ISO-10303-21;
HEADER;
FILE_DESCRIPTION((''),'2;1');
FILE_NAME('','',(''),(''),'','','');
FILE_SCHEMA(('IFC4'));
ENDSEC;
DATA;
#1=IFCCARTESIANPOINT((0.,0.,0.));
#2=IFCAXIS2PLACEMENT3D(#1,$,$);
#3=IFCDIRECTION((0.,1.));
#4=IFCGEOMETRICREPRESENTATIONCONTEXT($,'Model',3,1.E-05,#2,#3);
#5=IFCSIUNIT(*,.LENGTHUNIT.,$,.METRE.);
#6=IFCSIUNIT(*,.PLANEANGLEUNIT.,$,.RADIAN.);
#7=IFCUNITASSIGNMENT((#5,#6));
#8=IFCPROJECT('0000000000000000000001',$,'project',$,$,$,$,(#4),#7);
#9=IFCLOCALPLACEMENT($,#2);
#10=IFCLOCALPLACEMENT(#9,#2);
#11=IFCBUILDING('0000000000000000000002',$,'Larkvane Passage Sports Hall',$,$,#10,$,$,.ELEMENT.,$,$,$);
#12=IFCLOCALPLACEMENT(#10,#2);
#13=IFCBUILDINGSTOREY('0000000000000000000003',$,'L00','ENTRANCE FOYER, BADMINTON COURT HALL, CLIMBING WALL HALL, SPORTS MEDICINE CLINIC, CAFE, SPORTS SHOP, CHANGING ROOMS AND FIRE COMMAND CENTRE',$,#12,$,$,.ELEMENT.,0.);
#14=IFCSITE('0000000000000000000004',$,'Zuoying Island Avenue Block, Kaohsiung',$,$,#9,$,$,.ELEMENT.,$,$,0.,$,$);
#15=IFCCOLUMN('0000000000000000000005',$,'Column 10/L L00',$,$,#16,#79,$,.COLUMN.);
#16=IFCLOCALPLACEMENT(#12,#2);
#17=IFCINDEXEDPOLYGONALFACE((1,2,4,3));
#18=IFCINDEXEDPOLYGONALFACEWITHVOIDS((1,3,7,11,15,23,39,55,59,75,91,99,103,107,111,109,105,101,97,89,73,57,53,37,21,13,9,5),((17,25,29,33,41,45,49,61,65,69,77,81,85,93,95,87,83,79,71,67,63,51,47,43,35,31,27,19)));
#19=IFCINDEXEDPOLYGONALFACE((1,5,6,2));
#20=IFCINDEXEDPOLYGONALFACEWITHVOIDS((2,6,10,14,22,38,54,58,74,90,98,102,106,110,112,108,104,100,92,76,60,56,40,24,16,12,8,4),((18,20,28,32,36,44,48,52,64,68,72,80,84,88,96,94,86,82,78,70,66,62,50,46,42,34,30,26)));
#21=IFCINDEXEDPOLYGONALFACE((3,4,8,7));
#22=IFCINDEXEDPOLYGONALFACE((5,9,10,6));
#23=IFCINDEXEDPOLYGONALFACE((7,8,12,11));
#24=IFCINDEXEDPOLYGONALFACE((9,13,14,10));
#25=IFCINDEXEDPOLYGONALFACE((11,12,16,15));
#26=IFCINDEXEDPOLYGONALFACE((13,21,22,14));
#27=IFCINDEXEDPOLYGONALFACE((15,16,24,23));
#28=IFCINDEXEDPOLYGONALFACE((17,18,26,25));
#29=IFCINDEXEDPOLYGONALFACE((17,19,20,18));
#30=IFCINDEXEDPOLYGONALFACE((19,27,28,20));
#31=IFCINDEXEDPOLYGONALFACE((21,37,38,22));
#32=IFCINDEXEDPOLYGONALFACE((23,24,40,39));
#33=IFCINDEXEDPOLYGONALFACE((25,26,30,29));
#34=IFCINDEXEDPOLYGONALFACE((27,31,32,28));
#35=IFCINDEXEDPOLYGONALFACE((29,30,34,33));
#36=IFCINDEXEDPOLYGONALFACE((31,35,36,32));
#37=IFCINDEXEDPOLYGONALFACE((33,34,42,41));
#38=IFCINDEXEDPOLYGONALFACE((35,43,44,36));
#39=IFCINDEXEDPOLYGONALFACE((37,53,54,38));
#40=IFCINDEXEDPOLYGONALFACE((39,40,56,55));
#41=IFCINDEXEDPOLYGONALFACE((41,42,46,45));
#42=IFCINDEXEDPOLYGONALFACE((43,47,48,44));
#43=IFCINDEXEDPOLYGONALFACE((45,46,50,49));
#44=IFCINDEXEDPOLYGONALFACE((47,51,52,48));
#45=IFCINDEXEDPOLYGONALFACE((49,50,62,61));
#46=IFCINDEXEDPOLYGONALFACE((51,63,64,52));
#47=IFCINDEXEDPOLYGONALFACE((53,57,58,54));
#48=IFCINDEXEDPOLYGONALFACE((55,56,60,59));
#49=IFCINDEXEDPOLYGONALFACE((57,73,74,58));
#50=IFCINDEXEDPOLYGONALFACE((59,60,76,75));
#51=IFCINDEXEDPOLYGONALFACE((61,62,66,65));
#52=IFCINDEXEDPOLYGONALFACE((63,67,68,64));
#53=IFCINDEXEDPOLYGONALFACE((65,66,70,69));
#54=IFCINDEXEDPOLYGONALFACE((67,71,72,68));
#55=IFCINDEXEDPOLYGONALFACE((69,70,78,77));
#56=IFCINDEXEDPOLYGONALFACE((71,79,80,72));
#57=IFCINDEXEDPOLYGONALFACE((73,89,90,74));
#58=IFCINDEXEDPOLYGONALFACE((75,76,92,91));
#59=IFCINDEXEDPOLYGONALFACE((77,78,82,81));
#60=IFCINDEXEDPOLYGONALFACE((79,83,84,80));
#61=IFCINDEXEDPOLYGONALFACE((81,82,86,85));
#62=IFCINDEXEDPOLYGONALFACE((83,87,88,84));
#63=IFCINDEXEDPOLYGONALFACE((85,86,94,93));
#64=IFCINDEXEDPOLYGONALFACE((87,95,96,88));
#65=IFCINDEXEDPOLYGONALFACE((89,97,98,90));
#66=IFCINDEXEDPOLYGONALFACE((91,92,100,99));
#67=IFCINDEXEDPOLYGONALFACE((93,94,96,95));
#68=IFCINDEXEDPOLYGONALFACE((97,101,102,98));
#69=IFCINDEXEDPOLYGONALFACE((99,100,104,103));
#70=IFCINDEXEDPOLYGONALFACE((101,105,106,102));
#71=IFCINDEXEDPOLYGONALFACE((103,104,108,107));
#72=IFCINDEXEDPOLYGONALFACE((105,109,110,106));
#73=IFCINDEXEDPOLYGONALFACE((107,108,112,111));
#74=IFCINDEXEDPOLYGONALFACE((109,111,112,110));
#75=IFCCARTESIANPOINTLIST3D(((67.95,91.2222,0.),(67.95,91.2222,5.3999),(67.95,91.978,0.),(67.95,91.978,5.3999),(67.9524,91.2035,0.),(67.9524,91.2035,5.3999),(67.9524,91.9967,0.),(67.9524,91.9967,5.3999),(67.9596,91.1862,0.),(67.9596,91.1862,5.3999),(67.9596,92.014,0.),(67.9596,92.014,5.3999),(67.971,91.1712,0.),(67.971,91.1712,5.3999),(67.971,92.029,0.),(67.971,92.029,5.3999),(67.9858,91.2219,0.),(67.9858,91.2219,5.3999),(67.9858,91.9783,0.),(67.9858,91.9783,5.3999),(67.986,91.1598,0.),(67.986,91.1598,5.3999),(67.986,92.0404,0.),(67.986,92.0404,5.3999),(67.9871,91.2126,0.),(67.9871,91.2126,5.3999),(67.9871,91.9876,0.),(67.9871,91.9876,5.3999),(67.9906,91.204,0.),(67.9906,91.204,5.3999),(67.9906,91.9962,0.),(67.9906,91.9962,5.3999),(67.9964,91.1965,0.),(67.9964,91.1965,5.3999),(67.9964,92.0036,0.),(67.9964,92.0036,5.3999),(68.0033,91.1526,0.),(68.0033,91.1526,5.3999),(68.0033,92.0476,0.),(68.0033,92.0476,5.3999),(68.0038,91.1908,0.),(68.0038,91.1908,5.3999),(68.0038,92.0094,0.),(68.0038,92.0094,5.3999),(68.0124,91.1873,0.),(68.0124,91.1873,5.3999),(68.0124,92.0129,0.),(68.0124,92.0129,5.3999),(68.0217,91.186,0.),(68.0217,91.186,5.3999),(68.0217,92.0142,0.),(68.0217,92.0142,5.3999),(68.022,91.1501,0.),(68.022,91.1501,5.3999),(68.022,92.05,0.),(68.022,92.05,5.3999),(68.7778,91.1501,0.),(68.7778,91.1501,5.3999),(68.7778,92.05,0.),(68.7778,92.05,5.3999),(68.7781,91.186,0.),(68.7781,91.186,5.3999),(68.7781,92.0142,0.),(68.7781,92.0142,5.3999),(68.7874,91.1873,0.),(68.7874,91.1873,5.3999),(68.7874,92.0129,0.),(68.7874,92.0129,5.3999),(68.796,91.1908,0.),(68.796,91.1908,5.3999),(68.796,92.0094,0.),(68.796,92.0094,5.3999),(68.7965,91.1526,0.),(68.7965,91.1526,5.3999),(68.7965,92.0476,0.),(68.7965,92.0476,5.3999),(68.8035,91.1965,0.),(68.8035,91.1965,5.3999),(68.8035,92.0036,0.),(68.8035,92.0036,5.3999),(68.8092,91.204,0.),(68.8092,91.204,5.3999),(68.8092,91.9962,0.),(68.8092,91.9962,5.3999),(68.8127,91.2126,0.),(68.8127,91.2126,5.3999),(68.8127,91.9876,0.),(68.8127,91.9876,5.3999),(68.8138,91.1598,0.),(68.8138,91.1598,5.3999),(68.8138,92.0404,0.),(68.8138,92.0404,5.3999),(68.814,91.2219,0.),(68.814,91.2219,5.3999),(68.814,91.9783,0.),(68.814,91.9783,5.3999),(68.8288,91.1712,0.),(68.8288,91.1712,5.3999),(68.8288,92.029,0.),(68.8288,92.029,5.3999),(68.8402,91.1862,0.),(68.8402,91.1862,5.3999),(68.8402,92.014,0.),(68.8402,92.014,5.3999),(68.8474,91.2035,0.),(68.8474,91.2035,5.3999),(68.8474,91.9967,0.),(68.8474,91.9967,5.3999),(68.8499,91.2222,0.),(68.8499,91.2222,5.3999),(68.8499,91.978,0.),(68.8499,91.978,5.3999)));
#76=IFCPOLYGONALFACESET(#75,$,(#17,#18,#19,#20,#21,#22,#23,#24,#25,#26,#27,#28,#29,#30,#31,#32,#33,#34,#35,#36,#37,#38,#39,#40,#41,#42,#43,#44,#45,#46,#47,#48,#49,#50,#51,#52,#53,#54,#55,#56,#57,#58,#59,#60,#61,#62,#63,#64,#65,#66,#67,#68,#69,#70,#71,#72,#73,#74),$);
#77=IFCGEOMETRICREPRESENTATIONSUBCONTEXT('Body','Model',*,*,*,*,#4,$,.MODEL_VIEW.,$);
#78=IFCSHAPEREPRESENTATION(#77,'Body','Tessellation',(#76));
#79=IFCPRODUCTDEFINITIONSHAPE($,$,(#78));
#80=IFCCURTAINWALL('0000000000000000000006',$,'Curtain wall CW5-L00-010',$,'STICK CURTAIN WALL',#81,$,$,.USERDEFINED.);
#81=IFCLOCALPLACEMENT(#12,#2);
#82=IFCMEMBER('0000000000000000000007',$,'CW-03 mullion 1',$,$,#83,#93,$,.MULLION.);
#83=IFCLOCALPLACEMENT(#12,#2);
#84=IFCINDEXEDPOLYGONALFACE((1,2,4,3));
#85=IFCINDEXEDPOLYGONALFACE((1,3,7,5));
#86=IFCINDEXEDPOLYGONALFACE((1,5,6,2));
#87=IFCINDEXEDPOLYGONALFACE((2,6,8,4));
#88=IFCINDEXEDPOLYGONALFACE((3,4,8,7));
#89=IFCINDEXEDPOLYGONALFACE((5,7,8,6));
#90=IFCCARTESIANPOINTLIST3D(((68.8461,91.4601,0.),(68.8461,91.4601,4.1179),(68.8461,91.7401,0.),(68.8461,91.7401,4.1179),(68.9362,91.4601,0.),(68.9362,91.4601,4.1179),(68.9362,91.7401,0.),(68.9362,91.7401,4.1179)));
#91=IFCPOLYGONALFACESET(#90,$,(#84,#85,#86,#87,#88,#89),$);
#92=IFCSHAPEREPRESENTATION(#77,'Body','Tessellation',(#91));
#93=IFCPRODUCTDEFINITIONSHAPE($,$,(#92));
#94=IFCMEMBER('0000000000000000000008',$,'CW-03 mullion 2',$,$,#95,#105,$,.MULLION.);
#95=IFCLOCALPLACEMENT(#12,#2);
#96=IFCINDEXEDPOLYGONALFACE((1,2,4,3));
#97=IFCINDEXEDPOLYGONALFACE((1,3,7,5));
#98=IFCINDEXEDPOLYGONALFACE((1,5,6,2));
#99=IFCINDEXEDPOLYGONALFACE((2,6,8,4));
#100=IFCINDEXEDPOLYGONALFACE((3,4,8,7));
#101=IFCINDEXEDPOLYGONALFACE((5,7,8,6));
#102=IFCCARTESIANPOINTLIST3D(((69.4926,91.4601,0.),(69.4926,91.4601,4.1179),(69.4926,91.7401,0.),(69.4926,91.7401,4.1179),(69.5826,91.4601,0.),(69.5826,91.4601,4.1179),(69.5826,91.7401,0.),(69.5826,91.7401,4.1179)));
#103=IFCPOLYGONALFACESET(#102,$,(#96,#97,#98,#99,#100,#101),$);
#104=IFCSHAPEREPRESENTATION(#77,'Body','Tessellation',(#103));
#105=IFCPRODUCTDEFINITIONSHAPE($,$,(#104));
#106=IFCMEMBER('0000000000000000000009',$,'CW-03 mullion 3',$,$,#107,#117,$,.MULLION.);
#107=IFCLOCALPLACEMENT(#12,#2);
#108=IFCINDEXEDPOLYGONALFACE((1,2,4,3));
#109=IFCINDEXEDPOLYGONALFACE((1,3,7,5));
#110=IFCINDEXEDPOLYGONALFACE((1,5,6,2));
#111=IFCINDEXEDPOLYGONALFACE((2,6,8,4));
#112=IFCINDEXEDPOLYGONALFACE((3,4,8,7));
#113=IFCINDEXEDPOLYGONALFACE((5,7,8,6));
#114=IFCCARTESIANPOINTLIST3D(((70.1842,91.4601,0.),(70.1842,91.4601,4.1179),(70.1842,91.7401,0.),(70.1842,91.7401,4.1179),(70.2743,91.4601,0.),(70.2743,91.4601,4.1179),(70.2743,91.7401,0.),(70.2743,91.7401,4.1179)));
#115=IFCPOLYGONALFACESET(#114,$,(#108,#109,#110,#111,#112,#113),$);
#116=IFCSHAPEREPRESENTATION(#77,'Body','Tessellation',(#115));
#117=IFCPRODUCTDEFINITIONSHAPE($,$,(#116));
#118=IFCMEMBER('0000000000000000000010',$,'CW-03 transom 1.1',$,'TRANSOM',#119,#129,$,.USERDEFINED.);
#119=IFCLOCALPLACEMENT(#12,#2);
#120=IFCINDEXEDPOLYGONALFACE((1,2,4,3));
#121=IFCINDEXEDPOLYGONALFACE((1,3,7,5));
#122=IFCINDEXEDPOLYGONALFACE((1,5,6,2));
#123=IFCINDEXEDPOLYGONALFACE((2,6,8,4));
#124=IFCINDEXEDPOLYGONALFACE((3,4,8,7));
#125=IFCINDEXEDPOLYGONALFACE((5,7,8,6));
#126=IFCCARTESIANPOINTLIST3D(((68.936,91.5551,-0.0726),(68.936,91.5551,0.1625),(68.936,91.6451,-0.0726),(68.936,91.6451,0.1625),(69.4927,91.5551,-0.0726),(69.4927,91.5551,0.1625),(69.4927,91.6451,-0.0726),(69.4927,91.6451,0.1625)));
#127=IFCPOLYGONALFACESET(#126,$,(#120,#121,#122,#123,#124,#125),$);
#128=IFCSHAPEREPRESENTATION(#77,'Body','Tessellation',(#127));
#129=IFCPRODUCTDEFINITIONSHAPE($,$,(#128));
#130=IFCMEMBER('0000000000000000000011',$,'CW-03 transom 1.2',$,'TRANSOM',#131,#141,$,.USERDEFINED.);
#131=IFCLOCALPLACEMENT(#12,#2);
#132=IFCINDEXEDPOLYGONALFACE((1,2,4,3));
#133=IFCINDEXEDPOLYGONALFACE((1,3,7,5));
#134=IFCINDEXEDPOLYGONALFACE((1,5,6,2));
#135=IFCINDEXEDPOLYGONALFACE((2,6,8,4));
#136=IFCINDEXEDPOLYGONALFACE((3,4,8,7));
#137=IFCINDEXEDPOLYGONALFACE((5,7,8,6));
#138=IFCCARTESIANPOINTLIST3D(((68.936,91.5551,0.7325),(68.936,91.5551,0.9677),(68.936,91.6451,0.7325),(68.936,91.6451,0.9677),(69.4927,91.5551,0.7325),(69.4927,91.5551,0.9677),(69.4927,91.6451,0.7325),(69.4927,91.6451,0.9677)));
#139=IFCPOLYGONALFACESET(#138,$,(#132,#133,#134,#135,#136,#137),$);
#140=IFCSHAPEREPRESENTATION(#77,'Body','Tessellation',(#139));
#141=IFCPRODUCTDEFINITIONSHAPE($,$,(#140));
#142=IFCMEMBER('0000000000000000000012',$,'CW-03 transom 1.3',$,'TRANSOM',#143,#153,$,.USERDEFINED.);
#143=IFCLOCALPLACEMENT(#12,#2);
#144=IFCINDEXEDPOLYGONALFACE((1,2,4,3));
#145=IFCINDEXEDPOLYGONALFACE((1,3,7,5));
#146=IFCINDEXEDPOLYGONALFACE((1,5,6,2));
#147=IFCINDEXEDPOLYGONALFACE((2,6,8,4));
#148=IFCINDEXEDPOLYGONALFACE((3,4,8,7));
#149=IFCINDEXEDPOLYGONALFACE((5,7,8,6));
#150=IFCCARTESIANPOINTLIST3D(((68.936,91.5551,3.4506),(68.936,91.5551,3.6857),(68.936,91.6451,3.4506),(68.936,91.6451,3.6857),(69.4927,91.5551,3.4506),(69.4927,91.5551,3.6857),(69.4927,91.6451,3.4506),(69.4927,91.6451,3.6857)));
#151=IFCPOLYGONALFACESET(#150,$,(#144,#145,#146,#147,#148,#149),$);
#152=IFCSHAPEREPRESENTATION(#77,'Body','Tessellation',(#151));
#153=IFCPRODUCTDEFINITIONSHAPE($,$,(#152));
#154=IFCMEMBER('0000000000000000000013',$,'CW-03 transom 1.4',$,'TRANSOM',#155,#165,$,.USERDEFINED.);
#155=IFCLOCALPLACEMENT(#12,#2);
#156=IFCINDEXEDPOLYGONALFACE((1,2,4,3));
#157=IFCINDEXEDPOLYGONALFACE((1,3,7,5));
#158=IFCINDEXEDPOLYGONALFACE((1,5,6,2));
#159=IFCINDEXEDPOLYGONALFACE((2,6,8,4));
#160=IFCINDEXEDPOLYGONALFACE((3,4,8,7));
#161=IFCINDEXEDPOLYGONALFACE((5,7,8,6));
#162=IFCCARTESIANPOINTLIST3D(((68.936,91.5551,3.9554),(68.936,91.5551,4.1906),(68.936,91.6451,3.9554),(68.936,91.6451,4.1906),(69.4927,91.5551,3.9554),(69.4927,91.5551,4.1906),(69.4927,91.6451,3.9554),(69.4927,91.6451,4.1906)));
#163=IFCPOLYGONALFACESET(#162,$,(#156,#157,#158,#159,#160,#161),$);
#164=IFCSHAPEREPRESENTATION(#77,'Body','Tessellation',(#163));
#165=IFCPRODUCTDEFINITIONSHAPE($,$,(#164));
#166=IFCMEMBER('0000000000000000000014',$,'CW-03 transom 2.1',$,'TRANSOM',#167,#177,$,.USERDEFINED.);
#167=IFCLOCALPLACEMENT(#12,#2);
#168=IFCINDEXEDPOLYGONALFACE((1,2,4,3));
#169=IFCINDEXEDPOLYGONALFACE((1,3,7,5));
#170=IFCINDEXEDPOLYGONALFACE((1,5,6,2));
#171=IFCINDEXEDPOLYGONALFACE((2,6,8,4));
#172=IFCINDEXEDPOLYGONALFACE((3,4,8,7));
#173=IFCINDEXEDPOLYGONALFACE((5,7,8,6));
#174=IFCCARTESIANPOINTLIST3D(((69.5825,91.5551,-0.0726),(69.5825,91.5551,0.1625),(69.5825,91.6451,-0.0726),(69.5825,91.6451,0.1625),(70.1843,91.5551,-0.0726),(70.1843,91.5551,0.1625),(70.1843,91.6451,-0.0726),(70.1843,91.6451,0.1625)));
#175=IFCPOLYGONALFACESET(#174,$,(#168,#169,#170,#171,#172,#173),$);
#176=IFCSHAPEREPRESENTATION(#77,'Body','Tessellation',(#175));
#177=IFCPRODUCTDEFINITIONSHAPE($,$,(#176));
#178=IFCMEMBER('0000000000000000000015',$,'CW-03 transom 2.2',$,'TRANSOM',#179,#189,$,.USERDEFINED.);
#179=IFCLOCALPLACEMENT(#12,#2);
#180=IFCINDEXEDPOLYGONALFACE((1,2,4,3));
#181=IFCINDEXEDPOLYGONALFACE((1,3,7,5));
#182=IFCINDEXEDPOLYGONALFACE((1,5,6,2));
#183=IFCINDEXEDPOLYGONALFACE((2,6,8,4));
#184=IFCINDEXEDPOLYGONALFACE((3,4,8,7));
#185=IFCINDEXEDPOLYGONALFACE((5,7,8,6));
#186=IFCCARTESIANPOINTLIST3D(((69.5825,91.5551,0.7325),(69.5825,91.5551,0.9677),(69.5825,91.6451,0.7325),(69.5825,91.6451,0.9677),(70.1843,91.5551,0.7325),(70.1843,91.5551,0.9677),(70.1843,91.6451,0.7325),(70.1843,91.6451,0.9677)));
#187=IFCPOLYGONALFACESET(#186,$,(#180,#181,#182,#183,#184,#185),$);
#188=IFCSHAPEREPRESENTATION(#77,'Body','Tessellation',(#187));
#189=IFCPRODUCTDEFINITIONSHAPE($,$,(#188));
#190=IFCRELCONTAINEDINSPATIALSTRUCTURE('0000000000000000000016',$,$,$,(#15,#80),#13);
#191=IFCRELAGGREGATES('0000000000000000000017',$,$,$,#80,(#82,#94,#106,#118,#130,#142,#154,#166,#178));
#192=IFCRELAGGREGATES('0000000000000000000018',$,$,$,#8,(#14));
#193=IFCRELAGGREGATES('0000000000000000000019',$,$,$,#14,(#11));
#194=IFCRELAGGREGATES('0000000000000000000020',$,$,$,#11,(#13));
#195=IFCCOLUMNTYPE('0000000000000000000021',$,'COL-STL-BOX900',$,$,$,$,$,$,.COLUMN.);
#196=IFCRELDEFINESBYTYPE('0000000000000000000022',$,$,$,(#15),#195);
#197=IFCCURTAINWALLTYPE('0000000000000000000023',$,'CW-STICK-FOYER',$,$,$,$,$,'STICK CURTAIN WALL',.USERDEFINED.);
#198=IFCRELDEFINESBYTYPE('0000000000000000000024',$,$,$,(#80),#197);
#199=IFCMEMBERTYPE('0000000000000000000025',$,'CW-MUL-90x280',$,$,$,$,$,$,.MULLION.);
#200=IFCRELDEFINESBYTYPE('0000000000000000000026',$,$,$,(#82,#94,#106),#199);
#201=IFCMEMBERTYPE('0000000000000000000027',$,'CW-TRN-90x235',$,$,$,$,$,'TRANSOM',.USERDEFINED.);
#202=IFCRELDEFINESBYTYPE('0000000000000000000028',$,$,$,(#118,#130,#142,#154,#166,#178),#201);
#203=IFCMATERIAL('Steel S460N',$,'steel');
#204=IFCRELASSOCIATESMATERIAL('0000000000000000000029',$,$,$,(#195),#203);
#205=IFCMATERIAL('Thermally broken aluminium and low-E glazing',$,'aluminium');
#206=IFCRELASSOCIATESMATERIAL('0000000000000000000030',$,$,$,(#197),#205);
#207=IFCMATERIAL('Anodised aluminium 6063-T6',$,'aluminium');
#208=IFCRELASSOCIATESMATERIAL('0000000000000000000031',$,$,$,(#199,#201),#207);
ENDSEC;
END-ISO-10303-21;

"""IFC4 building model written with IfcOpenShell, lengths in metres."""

from ifc_helpers import new_model, si_unit, direction, frame, origin, origin_2d, place, context, subcontext, project, spatial, rectangle, hollow_rectangle, extrude, material, material_profile, profile_set, type_object, element, aggregate, save


model = new_model("IFC4")

# Units and contexts
model_context = context("Model", 3, precision=1e-05, world=origin(), true_north=direction((0.0, 1.0)))
body_context = subcontext(model_context, "Body", "Model", "MODEL_VIEW")
ifc_project = project(units=[si_unit("LENGTHUNIT", "METRE"), si_unit("PLANEANGLEUNIT", "RADIAN")], contexts=[model_context])

# Site, building, storey
site_placement = place(None, origin())
site = spatial("IfcSite", under=ifc_project, at=site_placement, Name="Zuoying Island Avenue Block, Kaohsiung", CompositionType="ELEMENT", RefElevation=0.0)
building_placement = place(site_placement, origin())
building = spatial("IfcBuilding", under=site, at=building_placement, Name="Larkvane Passage Sports Hall", CompositionType="ELEMENT")
storey_placement = place(building_placement, origin())
storey = spatial("IfcBuildingStorey", under=building, at=storey_placement, Name="L00", Description="ENTRANCE FOYER, BADMINTON COURT HALL, CLIMBING WALL HALL, SPORTS MEDICINE CLINIC, CAFE, SPORTS SHOP, CHANGING ROOMS AND FIRE COMMAND CENTRE", CompositionType="ELEMENT", Elevation=0.0)

# Column
ifc_material_1 = material(Name="Steel S460N", Category="steel")
ifc_material_profile_1 = material_profile(ifc_material_1, hollow_rectangle(XDim=0.8999, YDim=0.8999, WallThickness=0.0359, InnerFilletRadius=0.0359, OuterFilletRadius=0.072, at=origin_2d()), Name="BOX-900x900x36")
ifc_profile_set_1 = profile_set([ifc_material_profile_1], Name="Steel S460N")
column_type = type_object("IfcColumnType", Name="COL-STL-BOX900", PredefinedType="COLUMN", material=ifc_profile_set_1)
column_placement = place(storey_placement, frame((68.3999, 91.6001, 0.0), z_axis=(0.0, 0.0, 1.0), x_axis=(1.0, 0.0, 0.0)))
element("IfcColumn", 1, at=column_placement, inside=storey, type_object=column_type, Name="Column 10/L L00", PredefinedType="COLUMN", context=body_context, shape_type="SweptSolid", body=[
    extrude(hollow_rectangle(XDim=0.8999, YDim=0.8999, WallThickness=0.0359, InnerFilletRadius=0.0359, OuterFilletRadius=0.072, at=origin_2d()), origin(), (0.0, 0.0, 1.0), 5.3999),
])

# Curtain wall, members
ifc_material_2 = material(Name="Thermally broken aluminium and low-E glazing", Category="aluminium")
curtain_wall_type = type_object("IfcCurtainWallType", Name="CW-STICK-FOYER", ElementType="STICK CURTAIN WALL", PredefinedType="USERDEFINED", material=ifc_material_2)
curtain_wall_placement = place(storey_placement, origin())
curtain_wall = element("IfcCurtainWall", 2, at=curtain_wall_placement, inside=storey, type_object=curtain_wall_type, Name="Curtain wall CW5-L00-010", ObjectType="STICK CURTAIN WALL", PredefinedType="USERDEFINED")
ifc_material_3 = material(Name="Anodised aluminium 6063-T6", Category="aluminium")
ifc_material_profile_2 = material_profile(ifc_material_3, rectangle(XDim=0.0901, YDim=0.28, at=origin_2d()), Name="ALU-MUL-90x280")
ifc_profile_set_2 = profile_set([ifc_material_profile_2], Name="Anodised aluminium 6063-T6")
member_type_1 = type_object("IfcMemberType", Name="CW-MUL-90x280", PredefinedType="MULLION", material=ifc_profile_set_2)
member_1_placement = place(storey_placement, frame((68.8911, 91.6001, 0.0), z_axis=(0.0, 0.0, 1.0), x_axis=(1.0, 0.0, 0.0)))
member_1 = element("IfcMember", 3, at=member_1_placement, type_object=member_type_1, Name="CW-03 mullion 1", PredefinedType="MULLION", context=body_context, shape_type="SweptSolid", body=[
    extrude(rectangle(XDim=0.0901, YDim=0.28, at=origin_2d()), origin(), (0.0, 0.0, 1.0), 4.1179),
])
member_2_placement = place(storey_placement, frame((69.5376, 91.6001, 0.0), z_axis=(0.0, 0.0, 1.0), x_axis=(1.0, 0.0, 0.0)))
member_2 = element("IfcMember", 4, at=member_2_placement, type_object=member_type_1, Name="CW-03 mullion 2", PredefinedType="MULLION", context=body_context, shape_type="SweptSolid", body=[
    extrude(rectangle(XDim=0.0901, YDim=0.28, at=origin_2d()), origin(), (0.0, 0.0, 1.0), 4.1179),
])
member_3_placement = place(storey_placement, frame((70.2292, 91.6001, 0.0), z_axis=(0.0, 0.0, 1.0), x_axis=(1.0, 0.0, 0.0)))
member_3 = element("IfcMember", 5, at=member_3_placement, type_object=member_type_1, Name="CW-03 mullion 3", PredefinedType="MULLION", context=body_context, shape_type="SweptSolid", body=[
    extrude(rectangle(XDim=0.0901, YDim=0.28, at=origin_2d()), origin(), (0.0, 0.0, 1.0), 4.1179),
])
ifc_material_profile_3 = material_profile(ifc_material_3, rectangle(XDim=0.0901, YDim=0.2351, at=origin_2d()), Name="ALU-TRN-90x235")
ifc_profile_set_3 = profile_set([ifc_material_profile_3], Name="Anodised aluminium 6063-T6")
member_type_2 = type_object("IfcMemberType", Name="CW-TRN-90x235", ElementType="TRANSOM", PredefinedType="USERDEFINED", material=ifc_profile_set_3)
member_4_placement = place(storey_placement, frame((68.936, 91.6001, 0.0449), z_axis=(1.0, 0.0, 0.0), x_axis=(0.0, 1.0, 0.0)))
member_4 = element("IfcMember", 6, at=member_4_placement, type_object=member_type_2, Name="CW-03 transom 1.1", ObjectType="TRANSOM", PredefinedType="USERDEFINED", context=body_context, shape_type="SweptSolid", body=[
    extrude(rectangle(XDim=0.0901, YDim=0.2351, at=origin_2d()), origin(), (0.0, 0.0, 1.0), 0.5566),
])
member_5_placement = place(storey_placement, frame((68.936, 91.6001, 0.8501), z_axis=(1.0, 0.0, 0.0), x_axis=(0.0, 1.0, 0.0)))
member_5 = element("IfcMember", 7, at=member_5_placement, type_object=member_type_2, Name="CW-03 transom 1.2", ObjectType="TRANSOM", PredefinedType="USERDEFINED", context=body_context, shape_type="SweptSolid", body=[
    extrude(rectangle(XDim=0.0901, YDim=0.2351, at=origin_2d()), origin(), (0.0, 0.0, 1.0), 0.5566),
])
member_6_placement = place(storey_placement, frame((68.936, 91.6001, 3.5681), z_axis=(1.0, 0.0, 0.0), x_axis=(0.0, 1.0, 0.0)))
member_6 = element("IfcMember", 8, at=member_6_placement, type_object=member_type_2, Name="CW-03 transom 1.3", ObjectType="TRANSOM", PredefinedType="USERDEFINED", context=body_context, shape_type="SweptSolid", body=[
    extrude(rectangle(XDim=0.0901, YDim=0.2351, at=origin_2d()), origin(), (0.0, 0.0, 1.0), 0.5566),
])
member_7_placement = place(storey_placement, frame((68.936, 91.6001, 4.073), z_axis=(1.0, 0.0, 0.0), x_axis=(0.0, 1.0, 0.0)))
member_7 = element("IfcMember", 9, at=member_7_placement, type_object=member_type_2, Name="CW-03 transom 1.4", ObjectType="TRANSOM", PredefinedType="USERDEFINED", context=body_context, shape_type="SweptSolid", body=[
    extrude(rectangle(XDim=0.0901, YDim=0.2351, at=origin_2d()), origin(), (0.0, 0.0, 1.0), 0.5566),
])
member_8_placement = place(storey_placement, frame((69.5825, 91.6001, 0.0449), z_axis=(1.0, 0.0, 0.0), x_axis=(0.0, 1.0, 0.0)))
member_8 = element("IfcMember", 10, at=member_8_placement, type_object=member_type_2, Name="CW-03 transom 2.1", ObjectType="TRANSOM", PredefinedType="USERDEFINED", context=body_context, shape_type="SweptSolid", body=[
    extrude(rectangle(XDim=0.0901, YDim=0.2351, at=origin_2d()), origin(), (0.0, 0.0, 1.0), 0.6018),
])
member_9_placement = place(storey_placement, frame((69.5825, 91.6001, 0.8501), z_axis=(1.0, 0.0, 0.0), x_axis=(0.0, 1.0, 0.0)))
member_9 = element("IfcMember", 11, at=member_9_placement, type_object=member_type_2, Name="CW-03 transom 2.2", ObjectType="TRANSOM", PredefinedType="USERDEFINED", context=body_context, shape_type="SweptSolid", body=[
    extrude(rectangle(XDim=0.0901, YDim=0.2351, at=origin_2d()), origin(), (0.0, 0.0, 1.0), 0.6018),
])

aggregate(curtain_wall, [member_1, member_2, member_3, member_4, member_5, member_6, member_7, member_8, member_9])

save(model, "model.ifc")
